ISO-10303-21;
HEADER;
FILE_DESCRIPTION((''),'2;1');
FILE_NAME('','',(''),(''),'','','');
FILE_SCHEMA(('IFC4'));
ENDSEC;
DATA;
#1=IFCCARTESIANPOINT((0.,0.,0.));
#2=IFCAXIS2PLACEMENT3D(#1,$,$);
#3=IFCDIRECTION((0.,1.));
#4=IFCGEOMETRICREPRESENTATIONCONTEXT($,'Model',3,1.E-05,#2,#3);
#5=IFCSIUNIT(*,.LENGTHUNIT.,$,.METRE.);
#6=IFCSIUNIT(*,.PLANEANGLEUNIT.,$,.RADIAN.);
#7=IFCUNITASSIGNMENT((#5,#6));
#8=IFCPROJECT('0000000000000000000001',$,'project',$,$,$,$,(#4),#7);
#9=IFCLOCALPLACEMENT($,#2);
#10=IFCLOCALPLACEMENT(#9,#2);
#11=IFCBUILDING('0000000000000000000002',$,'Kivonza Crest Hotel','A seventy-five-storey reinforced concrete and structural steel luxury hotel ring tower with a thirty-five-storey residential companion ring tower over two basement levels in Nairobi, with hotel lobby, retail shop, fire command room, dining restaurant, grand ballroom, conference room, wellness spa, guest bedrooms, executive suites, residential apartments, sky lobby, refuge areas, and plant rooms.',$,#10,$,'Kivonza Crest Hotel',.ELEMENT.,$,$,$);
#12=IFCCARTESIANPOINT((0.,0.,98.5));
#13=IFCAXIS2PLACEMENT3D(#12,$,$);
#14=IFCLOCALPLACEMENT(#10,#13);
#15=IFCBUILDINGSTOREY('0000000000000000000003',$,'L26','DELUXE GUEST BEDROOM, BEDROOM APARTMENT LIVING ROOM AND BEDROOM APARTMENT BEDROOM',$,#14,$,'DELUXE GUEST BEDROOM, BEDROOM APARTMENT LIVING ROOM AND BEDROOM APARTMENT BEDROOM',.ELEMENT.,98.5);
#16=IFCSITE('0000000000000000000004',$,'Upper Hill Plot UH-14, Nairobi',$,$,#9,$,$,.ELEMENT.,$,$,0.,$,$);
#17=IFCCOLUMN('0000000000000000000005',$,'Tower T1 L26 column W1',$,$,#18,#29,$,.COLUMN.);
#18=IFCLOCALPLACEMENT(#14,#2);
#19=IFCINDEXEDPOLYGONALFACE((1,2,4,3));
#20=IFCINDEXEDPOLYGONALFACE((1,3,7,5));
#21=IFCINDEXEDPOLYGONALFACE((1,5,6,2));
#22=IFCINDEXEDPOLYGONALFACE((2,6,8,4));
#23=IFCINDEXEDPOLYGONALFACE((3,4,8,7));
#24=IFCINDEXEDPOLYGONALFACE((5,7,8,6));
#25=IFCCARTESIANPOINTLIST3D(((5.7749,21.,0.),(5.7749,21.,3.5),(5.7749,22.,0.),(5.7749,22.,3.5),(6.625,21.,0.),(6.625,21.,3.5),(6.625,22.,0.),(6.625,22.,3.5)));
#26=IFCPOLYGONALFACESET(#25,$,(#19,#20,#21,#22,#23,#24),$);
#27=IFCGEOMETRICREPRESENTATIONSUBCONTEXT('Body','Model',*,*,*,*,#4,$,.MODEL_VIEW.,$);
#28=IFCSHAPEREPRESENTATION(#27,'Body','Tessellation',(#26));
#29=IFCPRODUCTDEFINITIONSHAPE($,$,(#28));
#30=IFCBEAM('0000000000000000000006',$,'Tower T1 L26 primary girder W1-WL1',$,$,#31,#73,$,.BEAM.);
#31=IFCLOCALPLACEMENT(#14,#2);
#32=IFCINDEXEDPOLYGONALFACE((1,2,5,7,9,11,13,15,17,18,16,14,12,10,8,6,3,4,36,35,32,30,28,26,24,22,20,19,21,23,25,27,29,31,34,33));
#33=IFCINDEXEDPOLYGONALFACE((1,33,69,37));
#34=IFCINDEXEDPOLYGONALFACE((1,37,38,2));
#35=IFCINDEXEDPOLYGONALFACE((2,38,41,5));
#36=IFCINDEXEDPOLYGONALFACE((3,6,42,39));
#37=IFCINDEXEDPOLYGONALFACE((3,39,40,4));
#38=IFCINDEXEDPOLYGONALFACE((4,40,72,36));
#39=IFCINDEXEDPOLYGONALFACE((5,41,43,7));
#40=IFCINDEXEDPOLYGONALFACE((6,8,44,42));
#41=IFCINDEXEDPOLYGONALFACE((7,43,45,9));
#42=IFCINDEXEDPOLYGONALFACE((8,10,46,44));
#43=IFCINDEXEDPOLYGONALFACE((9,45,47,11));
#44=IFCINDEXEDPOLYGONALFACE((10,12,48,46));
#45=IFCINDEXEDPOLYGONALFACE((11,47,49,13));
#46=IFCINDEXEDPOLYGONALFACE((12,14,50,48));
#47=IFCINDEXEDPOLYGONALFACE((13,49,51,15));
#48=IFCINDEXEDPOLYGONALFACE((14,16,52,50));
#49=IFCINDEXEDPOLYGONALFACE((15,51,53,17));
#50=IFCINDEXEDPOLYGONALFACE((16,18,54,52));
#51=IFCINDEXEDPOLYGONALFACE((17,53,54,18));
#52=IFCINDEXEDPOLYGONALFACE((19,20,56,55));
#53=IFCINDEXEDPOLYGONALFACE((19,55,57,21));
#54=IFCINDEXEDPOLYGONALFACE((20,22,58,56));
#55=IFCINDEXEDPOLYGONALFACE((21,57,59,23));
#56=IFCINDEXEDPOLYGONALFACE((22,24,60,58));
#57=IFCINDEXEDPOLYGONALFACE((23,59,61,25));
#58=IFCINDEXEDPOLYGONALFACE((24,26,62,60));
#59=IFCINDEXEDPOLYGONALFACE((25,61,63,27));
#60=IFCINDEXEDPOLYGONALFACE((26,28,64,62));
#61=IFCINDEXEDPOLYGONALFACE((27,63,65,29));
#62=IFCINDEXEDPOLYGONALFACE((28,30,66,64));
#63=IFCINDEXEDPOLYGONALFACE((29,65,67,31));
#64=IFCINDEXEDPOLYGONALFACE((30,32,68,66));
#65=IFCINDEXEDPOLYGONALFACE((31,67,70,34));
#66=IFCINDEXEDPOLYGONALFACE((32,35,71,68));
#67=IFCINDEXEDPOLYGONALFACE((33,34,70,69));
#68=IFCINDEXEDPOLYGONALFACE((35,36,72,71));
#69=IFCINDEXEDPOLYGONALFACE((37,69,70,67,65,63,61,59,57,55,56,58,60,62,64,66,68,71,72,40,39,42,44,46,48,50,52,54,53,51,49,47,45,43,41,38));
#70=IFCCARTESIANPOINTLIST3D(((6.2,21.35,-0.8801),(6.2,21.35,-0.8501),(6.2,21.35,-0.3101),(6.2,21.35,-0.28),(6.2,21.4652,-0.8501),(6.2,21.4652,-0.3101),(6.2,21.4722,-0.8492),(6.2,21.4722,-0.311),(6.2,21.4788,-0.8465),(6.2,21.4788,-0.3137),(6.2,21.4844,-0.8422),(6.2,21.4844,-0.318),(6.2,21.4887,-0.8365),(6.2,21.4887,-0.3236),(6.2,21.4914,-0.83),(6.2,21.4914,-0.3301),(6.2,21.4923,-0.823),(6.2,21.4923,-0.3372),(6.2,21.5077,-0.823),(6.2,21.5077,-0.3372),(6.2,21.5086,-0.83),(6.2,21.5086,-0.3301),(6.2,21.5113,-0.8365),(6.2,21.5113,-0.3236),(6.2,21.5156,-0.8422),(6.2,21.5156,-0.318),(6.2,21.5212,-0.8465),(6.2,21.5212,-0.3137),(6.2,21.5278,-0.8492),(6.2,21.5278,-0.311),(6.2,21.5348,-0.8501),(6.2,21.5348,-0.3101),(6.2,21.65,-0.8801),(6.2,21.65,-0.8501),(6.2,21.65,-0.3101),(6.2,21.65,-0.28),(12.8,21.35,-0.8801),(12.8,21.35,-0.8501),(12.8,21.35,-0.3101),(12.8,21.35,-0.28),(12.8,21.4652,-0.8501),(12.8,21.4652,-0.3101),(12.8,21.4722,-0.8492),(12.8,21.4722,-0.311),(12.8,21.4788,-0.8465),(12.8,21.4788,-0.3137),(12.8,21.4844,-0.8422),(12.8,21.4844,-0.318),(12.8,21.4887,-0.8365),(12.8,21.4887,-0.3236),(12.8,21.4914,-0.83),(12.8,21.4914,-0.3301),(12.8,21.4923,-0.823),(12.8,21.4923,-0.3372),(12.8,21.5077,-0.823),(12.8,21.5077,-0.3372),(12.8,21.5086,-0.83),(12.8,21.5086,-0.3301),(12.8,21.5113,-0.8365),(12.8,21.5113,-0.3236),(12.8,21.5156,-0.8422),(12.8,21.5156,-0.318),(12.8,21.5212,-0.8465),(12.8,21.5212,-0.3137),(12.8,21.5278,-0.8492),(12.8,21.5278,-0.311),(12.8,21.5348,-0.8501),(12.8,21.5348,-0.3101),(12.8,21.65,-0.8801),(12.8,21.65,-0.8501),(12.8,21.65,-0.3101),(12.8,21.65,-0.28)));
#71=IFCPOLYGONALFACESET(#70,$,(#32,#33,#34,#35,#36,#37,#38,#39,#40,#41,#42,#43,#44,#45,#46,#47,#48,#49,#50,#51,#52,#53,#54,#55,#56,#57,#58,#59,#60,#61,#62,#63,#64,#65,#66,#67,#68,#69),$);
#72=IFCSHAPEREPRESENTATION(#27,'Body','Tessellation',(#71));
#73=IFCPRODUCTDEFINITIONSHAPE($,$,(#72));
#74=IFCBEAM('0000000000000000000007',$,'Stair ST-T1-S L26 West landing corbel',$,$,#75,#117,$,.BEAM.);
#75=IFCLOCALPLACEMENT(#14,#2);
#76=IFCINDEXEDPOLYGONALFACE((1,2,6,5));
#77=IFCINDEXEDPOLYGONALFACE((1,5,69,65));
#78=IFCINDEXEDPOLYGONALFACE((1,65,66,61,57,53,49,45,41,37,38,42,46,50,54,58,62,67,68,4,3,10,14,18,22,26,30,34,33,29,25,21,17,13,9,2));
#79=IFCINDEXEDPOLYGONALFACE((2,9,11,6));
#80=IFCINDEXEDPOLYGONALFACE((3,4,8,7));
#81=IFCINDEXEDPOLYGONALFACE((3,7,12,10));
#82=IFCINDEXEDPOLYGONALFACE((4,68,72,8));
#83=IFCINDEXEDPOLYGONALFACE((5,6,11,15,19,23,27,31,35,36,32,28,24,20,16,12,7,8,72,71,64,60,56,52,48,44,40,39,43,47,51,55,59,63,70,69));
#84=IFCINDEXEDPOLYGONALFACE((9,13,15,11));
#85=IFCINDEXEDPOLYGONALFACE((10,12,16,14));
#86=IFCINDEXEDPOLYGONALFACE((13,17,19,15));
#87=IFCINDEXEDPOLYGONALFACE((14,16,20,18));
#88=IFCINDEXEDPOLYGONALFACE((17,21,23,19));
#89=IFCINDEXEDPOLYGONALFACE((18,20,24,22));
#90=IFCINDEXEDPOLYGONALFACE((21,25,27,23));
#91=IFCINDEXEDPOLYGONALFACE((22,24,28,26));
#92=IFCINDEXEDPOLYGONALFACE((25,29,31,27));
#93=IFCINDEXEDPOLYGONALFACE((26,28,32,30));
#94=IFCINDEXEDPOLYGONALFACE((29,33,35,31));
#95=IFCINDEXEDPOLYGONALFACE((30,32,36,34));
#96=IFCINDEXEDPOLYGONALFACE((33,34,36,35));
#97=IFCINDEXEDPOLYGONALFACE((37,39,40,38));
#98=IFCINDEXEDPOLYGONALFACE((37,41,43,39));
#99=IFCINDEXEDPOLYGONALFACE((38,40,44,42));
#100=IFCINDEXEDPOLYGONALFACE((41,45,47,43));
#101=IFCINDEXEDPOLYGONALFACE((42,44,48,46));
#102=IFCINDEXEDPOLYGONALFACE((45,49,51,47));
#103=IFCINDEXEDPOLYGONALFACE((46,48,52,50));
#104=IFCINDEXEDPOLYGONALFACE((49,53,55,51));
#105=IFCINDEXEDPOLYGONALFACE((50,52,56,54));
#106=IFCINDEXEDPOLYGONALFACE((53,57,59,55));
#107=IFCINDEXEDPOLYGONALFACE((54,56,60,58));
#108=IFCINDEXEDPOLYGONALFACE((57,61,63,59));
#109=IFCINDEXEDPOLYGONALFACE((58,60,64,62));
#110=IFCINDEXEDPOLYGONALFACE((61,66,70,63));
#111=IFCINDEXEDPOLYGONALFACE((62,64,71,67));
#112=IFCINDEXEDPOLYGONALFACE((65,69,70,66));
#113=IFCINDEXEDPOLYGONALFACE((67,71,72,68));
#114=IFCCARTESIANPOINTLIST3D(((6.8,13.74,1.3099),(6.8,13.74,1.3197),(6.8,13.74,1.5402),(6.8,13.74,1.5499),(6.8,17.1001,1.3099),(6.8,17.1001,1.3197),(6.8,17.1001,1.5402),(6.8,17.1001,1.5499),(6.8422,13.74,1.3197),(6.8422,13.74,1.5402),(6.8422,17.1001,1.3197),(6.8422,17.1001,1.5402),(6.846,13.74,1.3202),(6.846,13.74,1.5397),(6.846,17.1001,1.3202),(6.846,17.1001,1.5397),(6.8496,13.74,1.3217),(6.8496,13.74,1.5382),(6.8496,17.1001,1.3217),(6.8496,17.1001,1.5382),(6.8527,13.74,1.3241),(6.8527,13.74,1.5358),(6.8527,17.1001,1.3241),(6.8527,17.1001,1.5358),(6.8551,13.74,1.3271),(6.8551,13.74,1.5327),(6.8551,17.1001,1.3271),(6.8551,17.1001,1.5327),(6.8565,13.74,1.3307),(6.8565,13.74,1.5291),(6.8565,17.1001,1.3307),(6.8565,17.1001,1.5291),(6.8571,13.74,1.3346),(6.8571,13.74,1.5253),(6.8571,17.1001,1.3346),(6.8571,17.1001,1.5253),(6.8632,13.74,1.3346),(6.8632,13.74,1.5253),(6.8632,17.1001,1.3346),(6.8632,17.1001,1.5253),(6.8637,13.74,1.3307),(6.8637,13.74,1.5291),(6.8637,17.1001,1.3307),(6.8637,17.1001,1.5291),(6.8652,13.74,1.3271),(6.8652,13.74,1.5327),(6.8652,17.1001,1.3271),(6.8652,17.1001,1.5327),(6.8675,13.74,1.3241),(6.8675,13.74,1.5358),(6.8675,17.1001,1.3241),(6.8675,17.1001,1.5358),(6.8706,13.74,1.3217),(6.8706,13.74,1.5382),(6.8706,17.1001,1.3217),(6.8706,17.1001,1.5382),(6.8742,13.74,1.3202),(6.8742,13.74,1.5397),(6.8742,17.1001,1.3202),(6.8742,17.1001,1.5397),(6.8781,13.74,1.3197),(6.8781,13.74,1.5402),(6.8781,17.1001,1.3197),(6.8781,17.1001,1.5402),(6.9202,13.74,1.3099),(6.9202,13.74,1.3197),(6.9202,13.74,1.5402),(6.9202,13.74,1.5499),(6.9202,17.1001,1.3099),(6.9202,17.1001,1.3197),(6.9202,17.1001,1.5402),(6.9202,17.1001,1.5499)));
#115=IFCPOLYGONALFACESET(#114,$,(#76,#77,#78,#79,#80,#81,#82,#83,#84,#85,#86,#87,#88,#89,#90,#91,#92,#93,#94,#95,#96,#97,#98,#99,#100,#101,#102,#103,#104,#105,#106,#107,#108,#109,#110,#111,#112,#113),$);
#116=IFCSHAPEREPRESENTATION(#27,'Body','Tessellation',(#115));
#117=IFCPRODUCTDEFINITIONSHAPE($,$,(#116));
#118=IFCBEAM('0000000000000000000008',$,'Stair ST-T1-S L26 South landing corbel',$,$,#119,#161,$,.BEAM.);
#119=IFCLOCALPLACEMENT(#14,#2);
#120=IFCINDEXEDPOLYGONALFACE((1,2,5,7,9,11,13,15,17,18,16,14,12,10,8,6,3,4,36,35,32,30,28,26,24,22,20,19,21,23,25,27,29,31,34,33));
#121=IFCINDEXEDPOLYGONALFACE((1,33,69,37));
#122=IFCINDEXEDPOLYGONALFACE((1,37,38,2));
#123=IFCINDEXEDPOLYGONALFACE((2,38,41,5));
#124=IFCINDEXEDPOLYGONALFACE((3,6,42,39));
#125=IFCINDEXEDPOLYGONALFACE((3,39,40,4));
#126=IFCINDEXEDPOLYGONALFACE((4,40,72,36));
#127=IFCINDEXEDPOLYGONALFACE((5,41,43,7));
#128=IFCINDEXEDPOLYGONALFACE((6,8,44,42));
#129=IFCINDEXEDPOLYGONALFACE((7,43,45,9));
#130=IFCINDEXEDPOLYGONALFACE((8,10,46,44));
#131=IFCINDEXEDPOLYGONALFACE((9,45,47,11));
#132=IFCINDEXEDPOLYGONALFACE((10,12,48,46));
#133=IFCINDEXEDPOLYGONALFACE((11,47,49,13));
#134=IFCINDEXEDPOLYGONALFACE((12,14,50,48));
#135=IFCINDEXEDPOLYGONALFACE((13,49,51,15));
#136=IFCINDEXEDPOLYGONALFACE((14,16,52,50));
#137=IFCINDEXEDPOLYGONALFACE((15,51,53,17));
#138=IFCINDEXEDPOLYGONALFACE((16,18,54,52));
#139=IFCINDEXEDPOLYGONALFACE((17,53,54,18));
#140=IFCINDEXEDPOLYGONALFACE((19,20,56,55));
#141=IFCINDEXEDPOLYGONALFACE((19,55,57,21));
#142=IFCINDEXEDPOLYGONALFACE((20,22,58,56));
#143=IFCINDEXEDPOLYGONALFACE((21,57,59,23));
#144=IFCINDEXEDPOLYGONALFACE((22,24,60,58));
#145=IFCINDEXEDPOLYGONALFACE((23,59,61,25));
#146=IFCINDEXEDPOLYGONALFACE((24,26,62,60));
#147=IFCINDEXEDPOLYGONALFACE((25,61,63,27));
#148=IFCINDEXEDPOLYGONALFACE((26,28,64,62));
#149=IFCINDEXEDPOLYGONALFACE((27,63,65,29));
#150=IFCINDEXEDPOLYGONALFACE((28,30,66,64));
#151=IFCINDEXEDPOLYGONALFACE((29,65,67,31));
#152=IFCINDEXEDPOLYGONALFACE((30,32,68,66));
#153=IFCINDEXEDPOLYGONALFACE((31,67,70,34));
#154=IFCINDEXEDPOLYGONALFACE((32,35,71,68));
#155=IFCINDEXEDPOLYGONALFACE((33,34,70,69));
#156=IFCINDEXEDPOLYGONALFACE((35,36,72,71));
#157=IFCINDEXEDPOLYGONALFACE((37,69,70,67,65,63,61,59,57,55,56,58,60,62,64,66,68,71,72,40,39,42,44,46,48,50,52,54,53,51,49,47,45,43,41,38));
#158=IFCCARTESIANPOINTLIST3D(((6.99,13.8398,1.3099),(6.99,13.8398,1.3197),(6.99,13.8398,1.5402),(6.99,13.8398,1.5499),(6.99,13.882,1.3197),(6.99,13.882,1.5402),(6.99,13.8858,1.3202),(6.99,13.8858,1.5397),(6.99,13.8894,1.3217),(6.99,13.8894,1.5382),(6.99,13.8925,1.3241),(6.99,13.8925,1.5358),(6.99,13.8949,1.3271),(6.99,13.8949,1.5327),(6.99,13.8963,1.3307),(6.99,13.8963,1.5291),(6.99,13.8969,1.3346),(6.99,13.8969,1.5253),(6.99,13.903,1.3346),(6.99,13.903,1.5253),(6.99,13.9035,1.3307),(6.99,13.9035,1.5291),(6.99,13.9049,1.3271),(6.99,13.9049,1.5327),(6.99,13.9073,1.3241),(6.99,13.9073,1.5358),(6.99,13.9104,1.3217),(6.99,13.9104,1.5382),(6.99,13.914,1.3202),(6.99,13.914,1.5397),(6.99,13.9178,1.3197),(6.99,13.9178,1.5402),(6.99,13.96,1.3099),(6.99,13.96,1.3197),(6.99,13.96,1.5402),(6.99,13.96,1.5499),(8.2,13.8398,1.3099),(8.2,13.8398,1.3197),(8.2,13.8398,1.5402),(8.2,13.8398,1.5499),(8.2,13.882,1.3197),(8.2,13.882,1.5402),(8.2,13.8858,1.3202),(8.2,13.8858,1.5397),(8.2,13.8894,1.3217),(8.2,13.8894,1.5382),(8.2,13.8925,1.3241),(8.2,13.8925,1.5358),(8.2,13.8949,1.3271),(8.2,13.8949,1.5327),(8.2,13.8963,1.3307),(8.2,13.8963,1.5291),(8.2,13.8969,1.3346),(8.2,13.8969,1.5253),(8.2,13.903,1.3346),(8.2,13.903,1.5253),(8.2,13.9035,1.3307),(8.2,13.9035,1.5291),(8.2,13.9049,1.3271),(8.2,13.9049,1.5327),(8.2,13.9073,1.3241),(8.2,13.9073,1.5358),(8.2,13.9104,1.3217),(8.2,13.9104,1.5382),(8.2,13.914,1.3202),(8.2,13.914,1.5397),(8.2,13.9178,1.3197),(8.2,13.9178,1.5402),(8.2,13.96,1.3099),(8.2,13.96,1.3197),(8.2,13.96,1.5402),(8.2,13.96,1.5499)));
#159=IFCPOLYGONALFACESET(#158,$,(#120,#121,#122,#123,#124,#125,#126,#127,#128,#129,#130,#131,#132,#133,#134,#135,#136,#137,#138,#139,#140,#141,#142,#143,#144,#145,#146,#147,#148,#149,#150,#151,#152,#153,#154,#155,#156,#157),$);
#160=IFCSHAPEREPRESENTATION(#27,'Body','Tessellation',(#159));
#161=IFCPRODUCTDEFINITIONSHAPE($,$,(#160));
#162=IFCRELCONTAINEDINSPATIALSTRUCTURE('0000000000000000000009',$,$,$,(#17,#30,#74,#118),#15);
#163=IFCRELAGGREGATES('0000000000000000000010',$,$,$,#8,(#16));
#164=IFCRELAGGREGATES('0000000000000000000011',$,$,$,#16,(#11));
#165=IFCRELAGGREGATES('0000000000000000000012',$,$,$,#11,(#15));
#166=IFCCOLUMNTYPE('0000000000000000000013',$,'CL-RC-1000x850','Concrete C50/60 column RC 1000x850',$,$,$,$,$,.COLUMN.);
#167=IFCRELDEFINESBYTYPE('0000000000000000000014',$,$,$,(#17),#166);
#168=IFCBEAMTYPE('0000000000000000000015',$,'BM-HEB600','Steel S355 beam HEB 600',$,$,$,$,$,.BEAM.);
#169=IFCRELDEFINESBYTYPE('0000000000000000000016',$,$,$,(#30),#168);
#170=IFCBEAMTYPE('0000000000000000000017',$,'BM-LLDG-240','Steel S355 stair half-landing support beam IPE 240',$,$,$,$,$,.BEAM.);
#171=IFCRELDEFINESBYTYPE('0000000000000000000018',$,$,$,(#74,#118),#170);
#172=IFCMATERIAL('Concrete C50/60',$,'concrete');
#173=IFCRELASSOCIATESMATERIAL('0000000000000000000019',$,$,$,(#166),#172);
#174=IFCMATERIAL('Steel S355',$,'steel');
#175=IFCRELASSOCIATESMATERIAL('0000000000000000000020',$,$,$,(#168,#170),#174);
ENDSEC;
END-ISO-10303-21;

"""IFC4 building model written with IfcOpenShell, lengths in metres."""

from ifc_helpers import new_model, si_unit, direction, frame, origin, origin_2d, place, context, subcontext, project, spatial, rectangle, i_section, extrude, material, material_profile, profile_set, type_object, element, save


model = new_model("IFC4")

# Units and contexts
model_context = context("Model", 3, precision=1e-05, world=origin(), true_north=direction((0.0, 1.0)))
body_context = subcontext(model_context, "Body", "Model", "MODEL_VIEW")
ifc_project = project(units=[si_unit("LENGTHUNIT", "METRE"), si_unit("PLANEANGLEUNIT", "RADIAN")], contexts=[model_context])

# Site, building, storey
site_placement = place(None, origin())
site = spatial("IfcSite", under=ifc_project, at=site_placement, Name="Upper Hill Plot UH-14, Nairobi", CompositionType="ELEMENT", RefElevation=0.0)
building_placement = place(site_placement, origin())
building = spatial("IfcBuilding", under=site, at=building_placement, Name="Kivonza Crest Hotel", Description="A seventy-five-storey reinforced concrete and structural steel luxury hotel ring tower with a thirty-five-storey residential companion ring tower over two basement levels in Nairobi, with hotel lobby, retail shop, fire command room, dining restaurant, grand ballroom, conference room, wellness spa, guest bedrooms, executive suites, residential apartments, sky lobby, refuge areas, and plant rooms.", LongName="Kivonza Crest Hotel", CompositionType="ELEMENT")
storey_placement = place(building_placement, frame((0.0, 0.0, 98.5)))
storey = spatial("IfcBuildingStorey", under=building, at=storey_placement, Name="L26", Description="DELUXE GUEST BEDROOM, BEDROOM APARTMENT LIVING ROOM AND BEDROOM APARTMENT BEDROOM", LongName="DELUXE GUEST BEDROOM, BEDROOM APARTMENT LIVING ROOM AND BEDROOM APARTMENT BEDROOM", CompositionType="ELEMENT", Elevation=98.5)

# Column
ifc_material_1 = material(Name="Concrete C50/60", Category="concrete")
ifc_material_profile_1 = material_profile(ifc_material_1, rectangle(XDim=0.8501, YDim=1.0, at=origin_2d()), Name="RC 1000x850")
ifc_profile_set_1 = profile_set([ifc_material_profile_1], Name="Concrete C50/60")
column_type = type_object("IfcColumnType", Name="CL-RC-1000x850", Description="Concrete C50/60 column RC 1000x850", PredefinedType="COLUMN", material=ifc_profile_set_1)
column_placement = place(storey_placement, frame((6.2, 21.5, 0.0), z_axis=(0.0, 0.0, 1.0), x_axis=(1.0, 0.0, 0.0)))
element("IfcColumn", 1, at=column_placement, inside=storey, type_object=column_type, Name="Tower T1 L26 column W1", PredefinedType="COLUMN", context=body_context, shape_type="SweptSolid", body=[
    extrude(rectangle(XDim=0.8501, YDim=1.0, at=origin_2d()), origin(), (0.0, 0.0, 1.0), 3.5),
])

# Beams
ifc_material_2 = material(Name="Steel S355", Category="steel")
ifc_material_profile_2 = material_profile(ifc_material_2, i_section(OverallWidth=0.3, OverallDepth=0.6001, WebThickness=0.0154, FlangeThickness=0.03, FilletRadius=0.0271, at=origin_2d()), Name="HEB 600")
ifc_profile_set_2 = profile_set([ifc_material_profile_2], Name="Steel S355")
beam_type_1 = type_object("IfcBeamType", Name="BM-HEB600", Description="Steel S355 beam HEB 600", PredefinedType="BEAM", material=ifc_profile_set_2)
beam_1_placement = place(storey_placement, frame((6.2, 21.5, -0.5801), z_axis=(1.0, 0.0, 0.0), x_axis=(0.0, 1.0, 0.0)))
element("IfcBeam", 2, at=beam_1_placement, inside=storey, type_object=beam_type_1, Name="Tower T1 L26 primary girder W1-WL1", PredefinedType="BEAM", context=body_context, shape_type="SweptSolid", body=[
    extrude(i_section(OverallWidth=0.3, OverallDepth=0.6001, WebThickness=0.0154, FlangeThickness=0.03, FilletRadius=0.0271, at=origin_2d()), origin(), (0.0, 0.0, 1.0), 6.6001),
])
ifc_material_profile_3 = material_profile(ifc_material_2, i_section(OverallWidth=0.1201, OverallDepth=0.24, WebThickness=0.0061, FlangeThickness=0.0098, FilletRadius=0.0149, at=origin_2d()), Name="IPE 240")
ifc_profile_set_3 = profile_set([ifc_material_profile_3], Name="Steel S355")
beam_type_2 = type_object("IfcBeamType", Name="BM-LLDG-240", Description="Steel S355 stair half-landing support beam IPE 240", PredefinedType="BEAM", material=ifc_profile_set_3)
beam_2_placement = place(storey_placement, frame((6.8601, 13.74, 1.4299), z_axis=(0.0, 1.0, 0.0), x_axis=(-1.0, 0.0, 0.0)))
element("IfcBeam", 3, at=beam_2_placement, inside=storey, type_object=beam_type_2, Name="Stair ST-T1-S L26 West landing corbel", PredefinedType="BEAM", context=body_context, shape_type="SweptSolid", body=[
    extrude(i_section(OverallWidth=0.1201, OverallDepth=0.24, WebThickness=0.0061, FlangeThickness=0.0098, FilletRadius=0.0149, at=origin_2d()), origin(), (0.0, 0.0, 1.0), 3.3601),
])
for number, where, z_axis, x_axis, name in (
    (4, (6.99, 13.8999, 1.4299), (1.0, 0.0, 0.0), (0.0, 1.0, 0.0), "Stair ST-T1-S L26 South landing corbel"),
):
    element("IfcBeam", number, at=place(storey_placement, frame(where, z_axis=z_axis, x_axis=x_axis)), inside=storey, type_object=beam_type_2, Name=name, PredefinedType="BEAM", context=body_context, shape_type="SweptSolid", body=[
        extrude(i_section(OverallWidth=0.1201, OverallDepth=0.24, WebThickness=0.0061, FlangeThickness=0.0098, FilletRadius=0.0149, at=origin_2d()), origin(), (0.0, 0.0, 1.0), 1.21),
    ])

save(model, "model.ifc")
